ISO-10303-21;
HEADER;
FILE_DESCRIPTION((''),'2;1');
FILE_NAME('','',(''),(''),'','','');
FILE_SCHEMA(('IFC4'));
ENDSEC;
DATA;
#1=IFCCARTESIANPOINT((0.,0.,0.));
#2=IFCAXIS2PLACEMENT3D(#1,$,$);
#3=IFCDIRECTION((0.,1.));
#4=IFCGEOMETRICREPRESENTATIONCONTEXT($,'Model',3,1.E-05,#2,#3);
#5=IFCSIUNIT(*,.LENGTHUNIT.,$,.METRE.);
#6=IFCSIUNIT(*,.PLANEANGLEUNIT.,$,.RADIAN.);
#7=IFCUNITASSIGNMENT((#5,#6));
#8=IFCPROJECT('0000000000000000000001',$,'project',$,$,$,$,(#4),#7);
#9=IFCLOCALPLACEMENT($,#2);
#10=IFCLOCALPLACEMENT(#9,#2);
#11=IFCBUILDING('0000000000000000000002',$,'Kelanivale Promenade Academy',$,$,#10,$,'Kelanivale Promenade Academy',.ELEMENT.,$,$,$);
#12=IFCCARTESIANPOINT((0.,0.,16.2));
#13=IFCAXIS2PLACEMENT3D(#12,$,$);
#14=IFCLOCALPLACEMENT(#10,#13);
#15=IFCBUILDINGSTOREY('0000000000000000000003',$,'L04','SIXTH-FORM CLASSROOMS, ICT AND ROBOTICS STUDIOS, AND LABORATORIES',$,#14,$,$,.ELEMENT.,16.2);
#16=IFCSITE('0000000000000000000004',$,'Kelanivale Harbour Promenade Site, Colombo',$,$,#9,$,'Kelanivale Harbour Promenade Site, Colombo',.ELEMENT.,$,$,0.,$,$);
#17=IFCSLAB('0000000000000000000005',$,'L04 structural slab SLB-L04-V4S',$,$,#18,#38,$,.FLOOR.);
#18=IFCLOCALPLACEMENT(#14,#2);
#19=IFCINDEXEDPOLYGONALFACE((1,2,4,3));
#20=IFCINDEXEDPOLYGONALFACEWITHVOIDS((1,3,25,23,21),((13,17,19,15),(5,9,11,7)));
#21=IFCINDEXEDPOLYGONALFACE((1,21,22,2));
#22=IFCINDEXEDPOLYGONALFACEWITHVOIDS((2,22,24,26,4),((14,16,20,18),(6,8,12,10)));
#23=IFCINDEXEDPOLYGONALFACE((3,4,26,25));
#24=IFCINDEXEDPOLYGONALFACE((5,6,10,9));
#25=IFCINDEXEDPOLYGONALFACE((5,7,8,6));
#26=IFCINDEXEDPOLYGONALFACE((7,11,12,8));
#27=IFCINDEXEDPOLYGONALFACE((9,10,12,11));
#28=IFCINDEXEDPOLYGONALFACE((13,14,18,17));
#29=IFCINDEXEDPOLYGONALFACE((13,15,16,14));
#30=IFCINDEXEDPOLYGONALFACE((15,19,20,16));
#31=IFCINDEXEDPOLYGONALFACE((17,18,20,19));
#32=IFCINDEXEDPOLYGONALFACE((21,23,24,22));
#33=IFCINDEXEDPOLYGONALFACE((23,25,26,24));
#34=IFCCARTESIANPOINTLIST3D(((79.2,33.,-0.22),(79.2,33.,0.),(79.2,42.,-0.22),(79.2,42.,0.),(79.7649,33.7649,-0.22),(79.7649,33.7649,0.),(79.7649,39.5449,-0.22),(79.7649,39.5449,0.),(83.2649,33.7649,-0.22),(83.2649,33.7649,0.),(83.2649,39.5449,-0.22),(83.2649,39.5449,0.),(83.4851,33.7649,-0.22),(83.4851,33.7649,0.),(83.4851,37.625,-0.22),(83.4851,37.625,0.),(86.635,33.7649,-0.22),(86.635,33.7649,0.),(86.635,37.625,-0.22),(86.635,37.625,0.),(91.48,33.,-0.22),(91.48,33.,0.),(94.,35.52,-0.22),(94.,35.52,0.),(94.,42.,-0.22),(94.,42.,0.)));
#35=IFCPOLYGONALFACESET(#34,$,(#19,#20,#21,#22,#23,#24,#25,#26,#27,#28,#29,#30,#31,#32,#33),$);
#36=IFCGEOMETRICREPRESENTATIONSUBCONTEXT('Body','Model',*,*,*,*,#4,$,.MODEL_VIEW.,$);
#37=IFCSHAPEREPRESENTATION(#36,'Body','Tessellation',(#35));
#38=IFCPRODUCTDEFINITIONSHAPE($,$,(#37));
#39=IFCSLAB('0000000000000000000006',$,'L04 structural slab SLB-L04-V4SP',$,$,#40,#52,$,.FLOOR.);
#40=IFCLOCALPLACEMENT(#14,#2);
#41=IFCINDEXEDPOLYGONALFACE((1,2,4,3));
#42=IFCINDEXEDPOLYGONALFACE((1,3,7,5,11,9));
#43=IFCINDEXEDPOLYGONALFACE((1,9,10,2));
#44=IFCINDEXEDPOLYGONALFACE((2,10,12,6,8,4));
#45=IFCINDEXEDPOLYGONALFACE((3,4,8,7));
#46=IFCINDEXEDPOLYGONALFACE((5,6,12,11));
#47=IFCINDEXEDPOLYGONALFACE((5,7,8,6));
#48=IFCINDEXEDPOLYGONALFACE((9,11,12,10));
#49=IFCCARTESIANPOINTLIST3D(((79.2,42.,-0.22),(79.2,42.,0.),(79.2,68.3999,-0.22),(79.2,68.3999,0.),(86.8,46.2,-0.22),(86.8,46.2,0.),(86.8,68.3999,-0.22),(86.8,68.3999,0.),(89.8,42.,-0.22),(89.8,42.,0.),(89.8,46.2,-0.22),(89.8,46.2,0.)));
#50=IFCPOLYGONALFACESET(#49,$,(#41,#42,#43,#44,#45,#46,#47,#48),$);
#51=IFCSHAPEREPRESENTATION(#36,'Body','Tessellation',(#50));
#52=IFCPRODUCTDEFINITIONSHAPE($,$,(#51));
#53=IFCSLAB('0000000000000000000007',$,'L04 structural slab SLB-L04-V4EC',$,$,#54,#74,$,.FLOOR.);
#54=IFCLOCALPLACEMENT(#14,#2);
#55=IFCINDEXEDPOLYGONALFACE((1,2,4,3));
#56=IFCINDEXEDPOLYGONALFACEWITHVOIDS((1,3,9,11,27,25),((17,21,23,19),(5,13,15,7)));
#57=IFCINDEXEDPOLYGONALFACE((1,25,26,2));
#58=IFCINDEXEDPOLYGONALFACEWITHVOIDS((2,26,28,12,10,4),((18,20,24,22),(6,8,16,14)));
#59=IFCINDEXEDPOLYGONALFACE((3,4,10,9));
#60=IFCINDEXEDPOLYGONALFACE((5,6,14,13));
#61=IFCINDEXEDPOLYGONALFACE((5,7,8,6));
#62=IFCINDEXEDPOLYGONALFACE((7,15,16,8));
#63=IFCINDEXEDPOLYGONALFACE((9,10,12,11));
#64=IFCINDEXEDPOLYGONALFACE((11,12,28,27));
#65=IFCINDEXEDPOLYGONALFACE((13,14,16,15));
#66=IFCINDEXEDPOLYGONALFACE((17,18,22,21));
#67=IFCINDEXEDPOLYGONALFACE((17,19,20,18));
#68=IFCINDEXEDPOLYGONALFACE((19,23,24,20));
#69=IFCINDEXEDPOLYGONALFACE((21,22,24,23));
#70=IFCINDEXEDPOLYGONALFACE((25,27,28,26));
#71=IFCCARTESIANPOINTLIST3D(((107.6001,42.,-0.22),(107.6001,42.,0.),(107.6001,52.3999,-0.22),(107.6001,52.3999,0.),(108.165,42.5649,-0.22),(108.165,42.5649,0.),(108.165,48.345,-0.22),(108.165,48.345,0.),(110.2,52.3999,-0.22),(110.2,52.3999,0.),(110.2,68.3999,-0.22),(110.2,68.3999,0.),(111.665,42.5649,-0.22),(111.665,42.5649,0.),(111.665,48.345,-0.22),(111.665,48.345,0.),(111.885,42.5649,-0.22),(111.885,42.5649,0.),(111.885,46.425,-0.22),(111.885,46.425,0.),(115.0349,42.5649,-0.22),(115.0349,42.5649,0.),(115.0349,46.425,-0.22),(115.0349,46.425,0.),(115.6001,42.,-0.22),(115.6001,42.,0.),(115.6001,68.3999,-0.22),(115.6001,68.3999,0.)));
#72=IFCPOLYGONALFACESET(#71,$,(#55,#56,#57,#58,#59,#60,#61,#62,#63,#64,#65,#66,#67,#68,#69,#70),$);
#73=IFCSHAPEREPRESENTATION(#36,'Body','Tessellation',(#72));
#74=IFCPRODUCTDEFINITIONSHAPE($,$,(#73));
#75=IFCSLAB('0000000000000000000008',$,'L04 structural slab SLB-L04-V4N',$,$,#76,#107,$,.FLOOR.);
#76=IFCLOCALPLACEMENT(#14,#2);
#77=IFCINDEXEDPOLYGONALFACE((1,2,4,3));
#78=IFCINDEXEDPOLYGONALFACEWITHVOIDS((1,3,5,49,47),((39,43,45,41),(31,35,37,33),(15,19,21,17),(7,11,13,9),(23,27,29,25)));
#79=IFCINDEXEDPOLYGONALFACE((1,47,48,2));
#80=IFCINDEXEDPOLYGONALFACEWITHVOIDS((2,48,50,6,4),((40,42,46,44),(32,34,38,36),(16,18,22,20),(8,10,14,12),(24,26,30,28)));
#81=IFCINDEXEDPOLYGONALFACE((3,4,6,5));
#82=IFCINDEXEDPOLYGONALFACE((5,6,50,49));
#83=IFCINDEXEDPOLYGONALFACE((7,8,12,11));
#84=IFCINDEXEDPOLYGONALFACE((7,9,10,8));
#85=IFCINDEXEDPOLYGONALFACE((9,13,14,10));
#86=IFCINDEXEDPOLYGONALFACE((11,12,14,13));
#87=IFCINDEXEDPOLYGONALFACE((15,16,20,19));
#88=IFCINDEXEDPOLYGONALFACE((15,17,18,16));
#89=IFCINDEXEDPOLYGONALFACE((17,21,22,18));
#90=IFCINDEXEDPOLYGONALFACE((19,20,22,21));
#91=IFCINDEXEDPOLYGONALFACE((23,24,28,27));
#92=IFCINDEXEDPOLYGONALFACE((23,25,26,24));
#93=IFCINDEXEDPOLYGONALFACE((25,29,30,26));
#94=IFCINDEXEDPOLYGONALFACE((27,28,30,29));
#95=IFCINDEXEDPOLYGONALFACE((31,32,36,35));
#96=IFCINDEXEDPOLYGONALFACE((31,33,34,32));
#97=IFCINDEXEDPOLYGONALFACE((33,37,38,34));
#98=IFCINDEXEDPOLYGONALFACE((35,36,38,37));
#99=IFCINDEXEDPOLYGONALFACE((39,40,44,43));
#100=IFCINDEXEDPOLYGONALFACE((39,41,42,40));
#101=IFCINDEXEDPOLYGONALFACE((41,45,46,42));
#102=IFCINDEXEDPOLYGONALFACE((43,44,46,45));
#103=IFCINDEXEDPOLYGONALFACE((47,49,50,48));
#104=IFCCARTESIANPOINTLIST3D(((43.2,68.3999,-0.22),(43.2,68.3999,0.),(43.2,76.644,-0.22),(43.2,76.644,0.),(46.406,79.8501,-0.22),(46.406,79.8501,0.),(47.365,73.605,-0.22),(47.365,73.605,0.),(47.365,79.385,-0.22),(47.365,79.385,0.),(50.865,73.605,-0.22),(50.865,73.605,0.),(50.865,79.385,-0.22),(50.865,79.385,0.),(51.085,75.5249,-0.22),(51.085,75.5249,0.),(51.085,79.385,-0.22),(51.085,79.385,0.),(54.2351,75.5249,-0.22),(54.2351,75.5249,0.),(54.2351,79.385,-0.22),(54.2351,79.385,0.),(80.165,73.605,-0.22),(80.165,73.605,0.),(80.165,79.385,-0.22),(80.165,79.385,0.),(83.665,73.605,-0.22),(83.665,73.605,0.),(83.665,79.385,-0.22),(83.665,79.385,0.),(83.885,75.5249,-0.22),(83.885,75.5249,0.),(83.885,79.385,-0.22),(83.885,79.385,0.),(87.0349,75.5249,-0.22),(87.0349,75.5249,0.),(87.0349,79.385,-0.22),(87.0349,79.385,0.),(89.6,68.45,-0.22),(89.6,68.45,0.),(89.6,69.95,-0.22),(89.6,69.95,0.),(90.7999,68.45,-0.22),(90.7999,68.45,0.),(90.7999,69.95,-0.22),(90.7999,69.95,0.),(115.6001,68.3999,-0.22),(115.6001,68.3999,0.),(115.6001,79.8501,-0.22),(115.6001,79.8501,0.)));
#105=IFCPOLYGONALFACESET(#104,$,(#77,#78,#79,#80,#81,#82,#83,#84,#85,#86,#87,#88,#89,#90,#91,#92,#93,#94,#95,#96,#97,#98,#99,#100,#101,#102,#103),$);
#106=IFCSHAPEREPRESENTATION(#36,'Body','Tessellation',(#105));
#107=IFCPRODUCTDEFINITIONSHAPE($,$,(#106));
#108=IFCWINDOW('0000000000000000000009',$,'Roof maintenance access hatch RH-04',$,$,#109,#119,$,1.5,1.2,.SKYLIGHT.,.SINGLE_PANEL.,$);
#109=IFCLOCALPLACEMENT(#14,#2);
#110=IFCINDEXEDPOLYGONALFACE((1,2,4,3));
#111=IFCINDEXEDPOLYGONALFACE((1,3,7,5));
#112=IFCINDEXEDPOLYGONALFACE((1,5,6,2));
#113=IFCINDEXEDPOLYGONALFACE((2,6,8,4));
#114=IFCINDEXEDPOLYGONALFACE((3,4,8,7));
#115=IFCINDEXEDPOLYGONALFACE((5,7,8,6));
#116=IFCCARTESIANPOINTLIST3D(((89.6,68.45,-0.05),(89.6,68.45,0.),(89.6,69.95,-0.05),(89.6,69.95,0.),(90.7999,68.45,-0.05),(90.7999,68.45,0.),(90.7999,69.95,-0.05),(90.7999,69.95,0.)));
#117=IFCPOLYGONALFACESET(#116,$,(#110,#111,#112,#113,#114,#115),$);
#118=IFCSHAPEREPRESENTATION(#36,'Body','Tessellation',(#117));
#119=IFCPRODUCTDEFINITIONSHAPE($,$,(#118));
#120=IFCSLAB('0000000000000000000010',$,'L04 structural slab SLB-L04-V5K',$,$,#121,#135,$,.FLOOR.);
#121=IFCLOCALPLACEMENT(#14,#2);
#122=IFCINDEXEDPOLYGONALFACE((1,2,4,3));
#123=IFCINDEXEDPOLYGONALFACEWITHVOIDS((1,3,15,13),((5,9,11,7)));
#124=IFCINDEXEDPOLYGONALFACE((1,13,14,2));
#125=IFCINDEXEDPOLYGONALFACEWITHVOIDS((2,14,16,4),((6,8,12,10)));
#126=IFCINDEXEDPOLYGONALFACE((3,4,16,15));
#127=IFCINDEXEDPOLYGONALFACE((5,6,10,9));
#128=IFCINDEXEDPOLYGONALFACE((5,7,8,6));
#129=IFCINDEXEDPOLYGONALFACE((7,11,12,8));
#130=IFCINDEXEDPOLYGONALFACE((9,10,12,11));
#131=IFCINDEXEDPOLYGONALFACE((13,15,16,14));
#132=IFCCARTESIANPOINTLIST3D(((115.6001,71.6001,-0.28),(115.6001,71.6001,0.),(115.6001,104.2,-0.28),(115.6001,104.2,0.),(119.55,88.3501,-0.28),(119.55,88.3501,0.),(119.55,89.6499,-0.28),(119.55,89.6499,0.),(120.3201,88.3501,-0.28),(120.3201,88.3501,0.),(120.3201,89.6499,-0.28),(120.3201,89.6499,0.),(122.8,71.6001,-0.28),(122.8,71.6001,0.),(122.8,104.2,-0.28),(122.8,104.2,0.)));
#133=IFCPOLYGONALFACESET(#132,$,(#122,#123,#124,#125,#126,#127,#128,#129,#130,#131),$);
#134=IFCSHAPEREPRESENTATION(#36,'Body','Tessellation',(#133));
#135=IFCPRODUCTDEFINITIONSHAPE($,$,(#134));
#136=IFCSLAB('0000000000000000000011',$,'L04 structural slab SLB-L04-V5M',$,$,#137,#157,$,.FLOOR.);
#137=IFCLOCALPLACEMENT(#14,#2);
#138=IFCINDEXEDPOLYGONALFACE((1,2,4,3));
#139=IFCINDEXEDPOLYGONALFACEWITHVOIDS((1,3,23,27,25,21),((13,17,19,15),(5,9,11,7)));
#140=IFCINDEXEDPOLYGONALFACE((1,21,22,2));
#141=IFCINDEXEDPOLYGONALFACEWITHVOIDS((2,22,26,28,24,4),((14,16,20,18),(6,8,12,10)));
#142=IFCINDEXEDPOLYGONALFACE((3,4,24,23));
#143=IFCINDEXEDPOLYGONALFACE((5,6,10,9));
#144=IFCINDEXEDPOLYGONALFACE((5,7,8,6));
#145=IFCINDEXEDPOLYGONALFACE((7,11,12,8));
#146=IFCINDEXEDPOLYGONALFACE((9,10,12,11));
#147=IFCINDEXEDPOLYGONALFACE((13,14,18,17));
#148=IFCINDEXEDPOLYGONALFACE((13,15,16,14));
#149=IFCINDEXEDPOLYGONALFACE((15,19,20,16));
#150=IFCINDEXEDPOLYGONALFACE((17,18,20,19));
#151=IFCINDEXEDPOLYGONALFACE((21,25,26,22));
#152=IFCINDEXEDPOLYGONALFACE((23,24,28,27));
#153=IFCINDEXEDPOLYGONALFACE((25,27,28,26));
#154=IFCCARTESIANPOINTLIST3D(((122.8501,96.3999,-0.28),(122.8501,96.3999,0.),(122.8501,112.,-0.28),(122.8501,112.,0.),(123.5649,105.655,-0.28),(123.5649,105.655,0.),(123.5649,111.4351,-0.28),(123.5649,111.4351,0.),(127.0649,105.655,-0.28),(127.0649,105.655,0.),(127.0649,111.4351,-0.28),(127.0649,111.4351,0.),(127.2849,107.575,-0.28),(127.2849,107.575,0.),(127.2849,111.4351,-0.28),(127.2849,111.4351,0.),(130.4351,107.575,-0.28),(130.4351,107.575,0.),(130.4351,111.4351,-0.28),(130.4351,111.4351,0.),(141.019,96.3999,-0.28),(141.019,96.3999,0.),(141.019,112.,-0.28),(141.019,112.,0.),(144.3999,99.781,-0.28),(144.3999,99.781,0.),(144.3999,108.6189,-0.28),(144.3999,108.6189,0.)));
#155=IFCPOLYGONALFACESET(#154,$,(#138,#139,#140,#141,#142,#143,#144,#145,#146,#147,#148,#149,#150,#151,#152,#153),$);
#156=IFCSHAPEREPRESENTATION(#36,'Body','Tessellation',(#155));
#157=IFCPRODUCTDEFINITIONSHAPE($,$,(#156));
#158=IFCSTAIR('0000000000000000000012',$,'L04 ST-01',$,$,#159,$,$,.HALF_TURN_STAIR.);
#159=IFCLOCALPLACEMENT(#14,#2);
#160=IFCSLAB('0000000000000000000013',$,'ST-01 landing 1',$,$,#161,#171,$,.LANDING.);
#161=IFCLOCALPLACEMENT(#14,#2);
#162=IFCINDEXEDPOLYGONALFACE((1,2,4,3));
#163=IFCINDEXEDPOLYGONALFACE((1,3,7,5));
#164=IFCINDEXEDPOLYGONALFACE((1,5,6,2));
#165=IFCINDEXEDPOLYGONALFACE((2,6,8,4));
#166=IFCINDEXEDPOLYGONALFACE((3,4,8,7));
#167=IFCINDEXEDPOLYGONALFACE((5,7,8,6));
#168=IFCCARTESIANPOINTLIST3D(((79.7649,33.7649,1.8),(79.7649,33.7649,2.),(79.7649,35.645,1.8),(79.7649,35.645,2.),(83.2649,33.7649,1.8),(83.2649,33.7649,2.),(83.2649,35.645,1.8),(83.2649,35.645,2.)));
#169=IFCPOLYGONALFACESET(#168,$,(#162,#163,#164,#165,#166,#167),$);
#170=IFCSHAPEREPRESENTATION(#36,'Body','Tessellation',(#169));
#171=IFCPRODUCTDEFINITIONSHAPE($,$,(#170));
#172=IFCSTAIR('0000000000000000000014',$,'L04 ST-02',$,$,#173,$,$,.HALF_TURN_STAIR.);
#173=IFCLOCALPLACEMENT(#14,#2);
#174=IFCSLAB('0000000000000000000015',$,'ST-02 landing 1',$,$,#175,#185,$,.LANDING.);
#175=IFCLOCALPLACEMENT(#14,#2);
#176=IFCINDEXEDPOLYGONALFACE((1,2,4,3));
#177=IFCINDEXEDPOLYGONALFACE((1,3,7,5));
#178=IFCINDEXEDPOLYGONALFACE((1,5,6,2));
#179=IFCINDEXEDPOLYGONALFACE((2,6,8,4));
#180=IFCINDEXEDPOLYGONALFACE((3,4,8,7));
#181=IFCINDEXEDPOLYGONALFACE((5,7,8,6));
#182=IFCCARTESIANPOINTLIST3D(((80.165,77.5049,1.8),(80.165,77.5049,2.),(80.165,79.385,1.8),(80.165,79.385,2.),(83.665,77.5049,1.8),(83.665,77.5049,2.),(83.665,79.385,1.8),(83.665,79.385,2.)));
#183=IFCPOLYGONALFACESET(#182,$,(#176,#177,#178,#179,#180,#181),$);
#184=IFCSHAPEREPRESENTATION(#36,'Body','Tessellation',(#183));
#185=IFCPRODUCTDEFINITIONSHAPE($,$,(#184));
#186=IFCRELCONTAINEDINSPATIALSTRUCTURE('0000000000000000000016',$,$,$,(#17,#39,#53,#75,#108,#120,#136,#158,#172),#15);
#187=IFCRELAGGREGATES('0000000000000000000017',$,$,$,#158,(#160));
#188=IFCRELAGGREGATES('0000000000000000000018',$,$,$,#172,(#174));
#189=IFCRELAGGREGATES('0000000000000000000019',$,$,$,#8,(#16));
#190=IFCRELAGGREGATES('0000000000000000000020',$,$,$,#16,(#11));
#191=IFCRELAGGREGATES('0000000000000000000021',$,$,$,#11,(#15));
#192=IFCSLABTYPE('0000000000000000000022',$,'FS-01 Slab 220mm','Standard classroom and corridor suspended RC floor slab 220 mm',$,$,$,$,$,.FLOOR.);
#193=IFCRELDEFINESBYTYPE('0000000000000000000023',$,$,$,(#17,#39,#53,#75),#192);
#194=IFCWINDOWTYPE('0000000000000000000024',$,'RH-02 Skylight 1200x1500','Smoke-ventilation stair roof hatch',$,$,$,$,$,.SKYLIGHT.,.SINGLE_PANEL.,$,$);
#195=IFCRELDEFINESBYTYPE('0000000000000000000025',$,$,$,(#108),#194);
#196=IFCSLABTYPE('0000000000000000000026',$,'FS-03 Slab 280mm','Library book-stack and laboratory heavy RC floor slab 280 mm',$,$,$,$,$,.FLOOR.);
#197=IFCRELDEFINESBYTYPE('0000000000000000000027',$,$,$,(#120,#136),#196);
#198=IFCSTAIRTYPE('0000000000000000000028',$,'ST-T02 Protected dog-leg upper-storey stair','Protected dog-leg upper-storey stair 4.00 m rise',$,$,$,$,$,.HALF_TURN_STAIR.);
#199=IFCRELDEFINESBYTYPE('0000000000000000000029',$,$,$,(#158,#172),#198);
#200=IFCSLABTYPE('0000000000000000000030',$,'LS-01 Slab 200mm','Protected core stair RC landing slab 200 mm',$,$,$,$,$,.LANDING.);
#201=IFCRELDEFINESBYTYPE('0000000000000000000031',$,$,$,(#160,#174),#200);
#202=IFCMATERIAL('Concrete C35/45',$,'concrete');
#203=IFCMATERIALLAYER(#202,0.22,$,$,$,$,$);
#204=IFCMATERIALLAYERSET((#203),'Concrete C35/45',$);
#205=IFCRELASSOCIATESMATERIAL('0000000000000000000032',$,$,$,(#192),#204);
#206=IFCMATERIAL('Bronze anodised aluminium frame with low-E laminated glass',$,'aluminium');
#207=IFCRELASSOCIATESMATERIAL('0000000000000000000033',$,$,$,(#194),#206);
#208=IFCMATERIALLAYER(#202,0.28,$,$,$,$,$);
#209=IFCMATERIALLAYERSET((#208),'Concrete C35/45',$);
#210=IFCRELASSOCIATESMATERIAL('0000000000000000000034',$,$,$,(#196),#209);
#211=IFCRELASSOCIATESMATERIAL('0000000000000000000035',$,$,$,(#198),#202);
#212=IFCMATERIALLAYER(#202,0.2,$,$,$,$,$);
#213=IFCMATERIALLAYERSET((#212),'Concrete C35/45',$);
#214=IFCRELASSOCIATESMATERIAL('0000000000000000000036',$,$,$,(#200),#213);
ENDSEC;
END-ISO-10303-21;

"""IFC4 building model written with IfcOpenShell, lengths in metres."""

from ifc_helpers import new_model, si_unit, direction, frame, origin, origin_2d, place, context, subcontext, project, spatial, polyline, rectangle, outline, extrude, material, layer, layer_set, type_object, element, fill, aggregate, save


model = new_model("IFC4")

# Units and contexts
model_context = context("Model", 3, precision=1e-05, world=origin(), true_north=direction((0.0, 1.0)))
body_context = subcontext(model_context, "Body", "Model", "MODEL_VIEW")
ifc_project = project(units=[si_unit("LENGTHUNIT", "METRE"), si_unit("PLANEANGLEUNIT", "RADIAN")], contexts=[model_context])

# Site, building, storey
site_placement = place(None, origin())
site = spatial("IfcSite", under=ifc_project, at=site_placement, Name="Kelanivale Harbour Promenade Site, Colombo", LongName="Kelanivale Harbour Promenade Site, Colombo", CompositionType="ELEMENT", RefElevation=0.0)
building_placement = place(site_placement, origin())
building = spatial("IfcBuilding", under=site, at=building_placement, Name="Kelanivale Promenade Academy", LongName="Kelanivale Promenade Academy", CompositionType="ELEMENT")
storey_placement = place(building_placement, frame((0.0, 0.0, 16.2)))
storey = spatial("IfcBuildingStorey", under=building, at=storey_placement, Name="L04", Description="SIXTH-FORM CLASSROOMS, ICT AND ROBOTICS STUDIOS, AND LABORATORIES", CompositionType="ELEMENT", Elevation=16.2)

# Slabs
ifc_material_1 = material(Name="Concrete C35/45", Category="concrete")
ifc_layer_1 = layer(ifc_material_1, 0.22)
ifc_layer_set_1 = layer_set([ifc_layer_1], Name="Concrete C35/45")
slab_type_1 = type_object("IfcSlabType", Name="FS-01 Slab 220mm", Description="Standard classroom and corridor suspended RC floor slab 220 mm", PredefinedType="FLOOR", material=ifc_layer_set_1)
slab_1_placement = place(storey_placement, frame((0.0, 0.0, -0.22)))
element("IfcSlab", 1, at=slab_1_placement, inside=storey, type_object=slab_type_1, Name="L04 structural slab SLB-L04-V4S", PredefinedType="FLOOR", context=body_context, shape_type="SweptSolid", body=[
    extrude(outline(polyline([(91.48, 33.0), (94.0, 35.52), (94.0, 42.0), (79.2, 42.0), (79.2, 33.0), (91.48, 33.0)]), holes=[polyline([(83.4851, 37.625), (86.635, 37.625), (86.635, 33.7649), (83.4851, 33.7649), (83.4851, 37.625)]), polyline([(79.7649, 33.7649), (79.7649, 39.5449), (83.2649, 39.5449), (83.2649, 33.7649), (79.7649, 33.7649)])]), origin(), (0.0, 0.0, 1.0), 0.22),
])
slab_2_placement = place(storey_placement, frame((0.0, 0.0, -0.22)))
element("IfcSlab", 2, at=slab_2_placement, inside=storey, type_object=slab_type_1, Name="L04 structural slab SLB-L04-V4SP", PredefinedType="FLOOR", context=body_context, shape_type="SweptSolid", body=[
    extrude(outline(polyline([(86.8, 46.2), (86.8, 68.3999), (79.2, 68.3999), (79.2, 42.0), (89.8, 42.0), (89.8, 46.2), (86.8, 46.2)])), origin(), (0.0, 0.0, 1.0), 0.22),
])
slab_3_placement = place(storey_placement, frame((0.0, 0.0, -0.22)))
element("IfcSlab", 3, at=slab_3_placement, inside=storey, type_object=slab_type_1, Name="L04 structural slab SLB-L04-V4EC", PredefinedType="FLOOR", context=body_context, shape_type="SweptSolid", body=[
    extrude(outline(polyline([(110.2, 68.3999), (110.2, 52.3999), (107.6001, 52.3999), (107.6001, 42.0), (115.6001, 42.0), (115.6001, 68.3999), (110.2, 68.3999)]), holes=[polyline([(111.885, 46.425), (115.0349, 46.425), (115.0349, 42.5649), (111.885, 42.5649), (111.885, 46.425)]), polyline([(108.165, 42.5649), (108.165, 48.345), (111.665, 48.345), (111.665, 42.5649), (108.165, 42.5649)])]), origin(), (0.0, 0.0, 1.0), 0.22),
])

# Slab, opening, window
slab_4_placement = place(storey_placement, frame((0.0, 0.0, -0.22)))
slab_4 = element("IfcSlab", 4, at=slab_4_placement, inside=storey, type_object=slab_type_1, Name="L04 structural slab SLB-L04-V4N", PredefinedType="FLOOR", context=body_context, shape_type="SweptSolid", body=[
    extrude(outline(polyline([(115.6001, 68.3999), (115.6001, 79.8501), (46.406, 79.8501), (43.2, 76.644), (43.2, 68.3999), (115.6001, 68.3999)]), holes=[polyline([(87.0349, 75.5249), (83.885, 75.5249), (83.885, 79.385), (87.0349, 79.385), (87.0349, 75.5249)]), polyline([(80.165, 73.605), (80.165, 79.385), (83.665, 79.385), (83.665, 73.605), (80.165, 73.605)]), polyline([(54.2351, 75.5249), (51.085, 75.5249), (51.085, 79.385), (54.2351, 79.385), (54.2351, 75.5249)]), polyline([(47.365, 73.605), (47.365, 79.385), (50.865, 79.385), (50.865, 73.605), (47.365, 73.605)])]), origin(), (0.0, 0.0, 1.0), 0.22),
])
opening_1_placement = place(slab_4_placement, frame((90.2, 69.2, 0.0)))
opening_1 = element("IfcOpeningElement", 5, at=opening_1_placement, cuts=slab_4, PredefinedType="OPENING", context=body_context, shape_type="SweptSolid", body=[
    extrude(rectangle(XDim=1.2, YDim=1.5, at=origin_2d()), frame((0.0, 0.0, -0.01)), (0.0, 0.0, 1.0), 0.24),
])
ifc_material_2 = material(Name="Bronze anodised aluminium frame with low-E laminated glass", Category="aluminium")
window_type_1 = type_object("IfcWindowType", Name="RH-02 Skylight 1200x1500", Description="Smoke-ventilation stair roof hatch", PartitioningType="SINGLE_PANEL", PredefinedType="SKYLIGHT", material=ifc_material_2)
window_1_placement = place(opening_1_placement, frame((0.0, 0.0, 0.1699)))
window_1 = element("IfcWindow", 6, at=window_1_placement, inside=storey, type_object=window_type_1, Name="Roof maintenance access hatch RH-04", OverallHeight=1.5, OverallWidth=1.2, PartitioningType="SINGLE_PANEL", PredefinedType="SKYLIGHT", context=body_context, shape_type="SweptSolid", body=[
    extrude(rectangle(XDim=1.2, YDim=1.5, at=origin_2d()), origin(), (0.0, 0.0, 1.0), 0.05),
])
fill(opening_1, window_1)

# Slabs
ifc_layer_2 = layer(ifc_material_1, 0.28)
ifc_layer_set_2 = layer_set([ifc_layer_2], Name="Concrete C35/45")
slab_type_2 = type_object("IfcSlabType", Name="FS-03 Slab 280mm", Description="Library book-stack and laboratory heavy RC floor slab 280 mm", PredefinedType="FLOOR", material=ifc_layer_set_2)
slab_5_placement = place(storey_placement, frame((0.0, 0.0, -0.28)))
element("IfcSlab", 7, at=slab_5_placement, inside=storey, type_object=slab_type_2, Name="L04 structural slab SLB-L04-V5K", PredefinedType="FLOOR", context=body_context, shape_type="SweptSolid", body=[
    extrude(outline(polyline([(115.6001, 104.2), (115.6001, 71.6001), (122.8, 71.6001), (122.8, 104.2), (115.6001, 104.2)]), holes=[polyline([(119.55, 88.3501), (119.55, 89.6499), (120.3201, 89.6499), (120.3201, 88.3501), (119.55, 88.3501)])]), origin(), (0.0, 0.0, 1.0), 0.28),
])
slab_6_placement = place(storey_placement, frame((0.0, 0.0, -0.28)))
element("IfcSlab", 8, at=slab_6_placement, inside=storey, type_object=slab_type_2, Name="L04 structural slab SLB-L04-V5M", PredefinedType="FLOOR", context=body_context, shape_type="SweptSolid", body=[
    extrude(outline(polyline([(144.3999, 108.6189), (141.019, 112.0), (122.8501, 112.0), (122.8501, 96.3999), (141.019, 96.3999), (144.3999, 99.781), (144.3999, 108.6189)]), holes=[polyline([(127.2849, 111.4351), (130.4351, 111.4351), (130.4351, 107.575), (127.2849, 107.575), (127.2849, 111.4351)]), polyline([(127.0649, 111.4351), (127.0649, 105.655), (123.5649, 105.655), (123.5649, 111.4351), (127.0649, 111.4351)])]), origin(), (0.0, 0.0, 1.0), 0.28),
])

# Stairs, slabs
stair_type = type_object("IfcStairType", Name="ST-T02 Protected dog-leg upper-storey stair", Description="Protected dog-leg upper-storey stair 4.00 m rise", PredefinedType="HALF_TURN_STAIR", material=ifc_material_1)
stair_1_placement = place(storey_placement, origin())
stair_1 = element("IfcStair", 9, at=stair_1_placement, inside=storey, type_object=stair_type, Name="L04 ST-01", PredefinedType="HALF_TURN_STAIR")
ifc_layer_3 = layer(ifc_material_1, 0.2)
ifc_layer_set_3 = layer_set([ifc_layer_3], Name="Concrete C35/45")
slab_type_3 = type_object("IfcSlabType", Name="LS-01 Slab 200mm", Description="Protected core stair RC landing slab 200 mm", PredefinedType="LANDING", material=ifc_layer_set_3)
slab_7_placement = place(storey_placement, frame((0.0, 0.0, 1.8)))
slab_7 = element("IfcSlab", 10, at=slab_7_placement, type_object=slab_type_3, Name="ST-01 landing 1", PredefinedType="LANDING", context=body_context, shape_type="SweptSolid", body=[
    extrude(outline(polyline([(79.7649, 35.645), (79.7649, 33.7649), (83.2649, 33.7649), (83.2649, 35.645), (79.7649, 35.645)])), origin(), (0.0, 0.0, 1.0), 0.2),
])
aggregate(stair_1, [slab_7])
stair_2_placement = place(storey_placement, origin())
stair_2 = element("IfcStair", 11, at=stair_2_placement, inside=storey, type_object=stair_type, Name="L04 ST-02", PredefinedType="HALF_TURN_STAIR")
slab_8_placement = place(storey_placement, frame((0.0, 0.0, 1.8)))
slab_8 = element("IfcSlab", 12, at=slab_8_placement, type_object=slab_type_3, Name="ST-02 landing 1", PredefinedType="LANDING", context=body_context, shape_type="SweptSolid", body=[
    extrude(outline(polyline([(83.665, 77.5049), (83.665, 79.385), (80.165, 79.385), (80.165, 77.5049), (83.665, 77.5049)])), origin(), (0.0, 0.0, 1.0), 0.2),
])
aggregate(stair_2, [slab_8])

save(model, "model.ifc")
